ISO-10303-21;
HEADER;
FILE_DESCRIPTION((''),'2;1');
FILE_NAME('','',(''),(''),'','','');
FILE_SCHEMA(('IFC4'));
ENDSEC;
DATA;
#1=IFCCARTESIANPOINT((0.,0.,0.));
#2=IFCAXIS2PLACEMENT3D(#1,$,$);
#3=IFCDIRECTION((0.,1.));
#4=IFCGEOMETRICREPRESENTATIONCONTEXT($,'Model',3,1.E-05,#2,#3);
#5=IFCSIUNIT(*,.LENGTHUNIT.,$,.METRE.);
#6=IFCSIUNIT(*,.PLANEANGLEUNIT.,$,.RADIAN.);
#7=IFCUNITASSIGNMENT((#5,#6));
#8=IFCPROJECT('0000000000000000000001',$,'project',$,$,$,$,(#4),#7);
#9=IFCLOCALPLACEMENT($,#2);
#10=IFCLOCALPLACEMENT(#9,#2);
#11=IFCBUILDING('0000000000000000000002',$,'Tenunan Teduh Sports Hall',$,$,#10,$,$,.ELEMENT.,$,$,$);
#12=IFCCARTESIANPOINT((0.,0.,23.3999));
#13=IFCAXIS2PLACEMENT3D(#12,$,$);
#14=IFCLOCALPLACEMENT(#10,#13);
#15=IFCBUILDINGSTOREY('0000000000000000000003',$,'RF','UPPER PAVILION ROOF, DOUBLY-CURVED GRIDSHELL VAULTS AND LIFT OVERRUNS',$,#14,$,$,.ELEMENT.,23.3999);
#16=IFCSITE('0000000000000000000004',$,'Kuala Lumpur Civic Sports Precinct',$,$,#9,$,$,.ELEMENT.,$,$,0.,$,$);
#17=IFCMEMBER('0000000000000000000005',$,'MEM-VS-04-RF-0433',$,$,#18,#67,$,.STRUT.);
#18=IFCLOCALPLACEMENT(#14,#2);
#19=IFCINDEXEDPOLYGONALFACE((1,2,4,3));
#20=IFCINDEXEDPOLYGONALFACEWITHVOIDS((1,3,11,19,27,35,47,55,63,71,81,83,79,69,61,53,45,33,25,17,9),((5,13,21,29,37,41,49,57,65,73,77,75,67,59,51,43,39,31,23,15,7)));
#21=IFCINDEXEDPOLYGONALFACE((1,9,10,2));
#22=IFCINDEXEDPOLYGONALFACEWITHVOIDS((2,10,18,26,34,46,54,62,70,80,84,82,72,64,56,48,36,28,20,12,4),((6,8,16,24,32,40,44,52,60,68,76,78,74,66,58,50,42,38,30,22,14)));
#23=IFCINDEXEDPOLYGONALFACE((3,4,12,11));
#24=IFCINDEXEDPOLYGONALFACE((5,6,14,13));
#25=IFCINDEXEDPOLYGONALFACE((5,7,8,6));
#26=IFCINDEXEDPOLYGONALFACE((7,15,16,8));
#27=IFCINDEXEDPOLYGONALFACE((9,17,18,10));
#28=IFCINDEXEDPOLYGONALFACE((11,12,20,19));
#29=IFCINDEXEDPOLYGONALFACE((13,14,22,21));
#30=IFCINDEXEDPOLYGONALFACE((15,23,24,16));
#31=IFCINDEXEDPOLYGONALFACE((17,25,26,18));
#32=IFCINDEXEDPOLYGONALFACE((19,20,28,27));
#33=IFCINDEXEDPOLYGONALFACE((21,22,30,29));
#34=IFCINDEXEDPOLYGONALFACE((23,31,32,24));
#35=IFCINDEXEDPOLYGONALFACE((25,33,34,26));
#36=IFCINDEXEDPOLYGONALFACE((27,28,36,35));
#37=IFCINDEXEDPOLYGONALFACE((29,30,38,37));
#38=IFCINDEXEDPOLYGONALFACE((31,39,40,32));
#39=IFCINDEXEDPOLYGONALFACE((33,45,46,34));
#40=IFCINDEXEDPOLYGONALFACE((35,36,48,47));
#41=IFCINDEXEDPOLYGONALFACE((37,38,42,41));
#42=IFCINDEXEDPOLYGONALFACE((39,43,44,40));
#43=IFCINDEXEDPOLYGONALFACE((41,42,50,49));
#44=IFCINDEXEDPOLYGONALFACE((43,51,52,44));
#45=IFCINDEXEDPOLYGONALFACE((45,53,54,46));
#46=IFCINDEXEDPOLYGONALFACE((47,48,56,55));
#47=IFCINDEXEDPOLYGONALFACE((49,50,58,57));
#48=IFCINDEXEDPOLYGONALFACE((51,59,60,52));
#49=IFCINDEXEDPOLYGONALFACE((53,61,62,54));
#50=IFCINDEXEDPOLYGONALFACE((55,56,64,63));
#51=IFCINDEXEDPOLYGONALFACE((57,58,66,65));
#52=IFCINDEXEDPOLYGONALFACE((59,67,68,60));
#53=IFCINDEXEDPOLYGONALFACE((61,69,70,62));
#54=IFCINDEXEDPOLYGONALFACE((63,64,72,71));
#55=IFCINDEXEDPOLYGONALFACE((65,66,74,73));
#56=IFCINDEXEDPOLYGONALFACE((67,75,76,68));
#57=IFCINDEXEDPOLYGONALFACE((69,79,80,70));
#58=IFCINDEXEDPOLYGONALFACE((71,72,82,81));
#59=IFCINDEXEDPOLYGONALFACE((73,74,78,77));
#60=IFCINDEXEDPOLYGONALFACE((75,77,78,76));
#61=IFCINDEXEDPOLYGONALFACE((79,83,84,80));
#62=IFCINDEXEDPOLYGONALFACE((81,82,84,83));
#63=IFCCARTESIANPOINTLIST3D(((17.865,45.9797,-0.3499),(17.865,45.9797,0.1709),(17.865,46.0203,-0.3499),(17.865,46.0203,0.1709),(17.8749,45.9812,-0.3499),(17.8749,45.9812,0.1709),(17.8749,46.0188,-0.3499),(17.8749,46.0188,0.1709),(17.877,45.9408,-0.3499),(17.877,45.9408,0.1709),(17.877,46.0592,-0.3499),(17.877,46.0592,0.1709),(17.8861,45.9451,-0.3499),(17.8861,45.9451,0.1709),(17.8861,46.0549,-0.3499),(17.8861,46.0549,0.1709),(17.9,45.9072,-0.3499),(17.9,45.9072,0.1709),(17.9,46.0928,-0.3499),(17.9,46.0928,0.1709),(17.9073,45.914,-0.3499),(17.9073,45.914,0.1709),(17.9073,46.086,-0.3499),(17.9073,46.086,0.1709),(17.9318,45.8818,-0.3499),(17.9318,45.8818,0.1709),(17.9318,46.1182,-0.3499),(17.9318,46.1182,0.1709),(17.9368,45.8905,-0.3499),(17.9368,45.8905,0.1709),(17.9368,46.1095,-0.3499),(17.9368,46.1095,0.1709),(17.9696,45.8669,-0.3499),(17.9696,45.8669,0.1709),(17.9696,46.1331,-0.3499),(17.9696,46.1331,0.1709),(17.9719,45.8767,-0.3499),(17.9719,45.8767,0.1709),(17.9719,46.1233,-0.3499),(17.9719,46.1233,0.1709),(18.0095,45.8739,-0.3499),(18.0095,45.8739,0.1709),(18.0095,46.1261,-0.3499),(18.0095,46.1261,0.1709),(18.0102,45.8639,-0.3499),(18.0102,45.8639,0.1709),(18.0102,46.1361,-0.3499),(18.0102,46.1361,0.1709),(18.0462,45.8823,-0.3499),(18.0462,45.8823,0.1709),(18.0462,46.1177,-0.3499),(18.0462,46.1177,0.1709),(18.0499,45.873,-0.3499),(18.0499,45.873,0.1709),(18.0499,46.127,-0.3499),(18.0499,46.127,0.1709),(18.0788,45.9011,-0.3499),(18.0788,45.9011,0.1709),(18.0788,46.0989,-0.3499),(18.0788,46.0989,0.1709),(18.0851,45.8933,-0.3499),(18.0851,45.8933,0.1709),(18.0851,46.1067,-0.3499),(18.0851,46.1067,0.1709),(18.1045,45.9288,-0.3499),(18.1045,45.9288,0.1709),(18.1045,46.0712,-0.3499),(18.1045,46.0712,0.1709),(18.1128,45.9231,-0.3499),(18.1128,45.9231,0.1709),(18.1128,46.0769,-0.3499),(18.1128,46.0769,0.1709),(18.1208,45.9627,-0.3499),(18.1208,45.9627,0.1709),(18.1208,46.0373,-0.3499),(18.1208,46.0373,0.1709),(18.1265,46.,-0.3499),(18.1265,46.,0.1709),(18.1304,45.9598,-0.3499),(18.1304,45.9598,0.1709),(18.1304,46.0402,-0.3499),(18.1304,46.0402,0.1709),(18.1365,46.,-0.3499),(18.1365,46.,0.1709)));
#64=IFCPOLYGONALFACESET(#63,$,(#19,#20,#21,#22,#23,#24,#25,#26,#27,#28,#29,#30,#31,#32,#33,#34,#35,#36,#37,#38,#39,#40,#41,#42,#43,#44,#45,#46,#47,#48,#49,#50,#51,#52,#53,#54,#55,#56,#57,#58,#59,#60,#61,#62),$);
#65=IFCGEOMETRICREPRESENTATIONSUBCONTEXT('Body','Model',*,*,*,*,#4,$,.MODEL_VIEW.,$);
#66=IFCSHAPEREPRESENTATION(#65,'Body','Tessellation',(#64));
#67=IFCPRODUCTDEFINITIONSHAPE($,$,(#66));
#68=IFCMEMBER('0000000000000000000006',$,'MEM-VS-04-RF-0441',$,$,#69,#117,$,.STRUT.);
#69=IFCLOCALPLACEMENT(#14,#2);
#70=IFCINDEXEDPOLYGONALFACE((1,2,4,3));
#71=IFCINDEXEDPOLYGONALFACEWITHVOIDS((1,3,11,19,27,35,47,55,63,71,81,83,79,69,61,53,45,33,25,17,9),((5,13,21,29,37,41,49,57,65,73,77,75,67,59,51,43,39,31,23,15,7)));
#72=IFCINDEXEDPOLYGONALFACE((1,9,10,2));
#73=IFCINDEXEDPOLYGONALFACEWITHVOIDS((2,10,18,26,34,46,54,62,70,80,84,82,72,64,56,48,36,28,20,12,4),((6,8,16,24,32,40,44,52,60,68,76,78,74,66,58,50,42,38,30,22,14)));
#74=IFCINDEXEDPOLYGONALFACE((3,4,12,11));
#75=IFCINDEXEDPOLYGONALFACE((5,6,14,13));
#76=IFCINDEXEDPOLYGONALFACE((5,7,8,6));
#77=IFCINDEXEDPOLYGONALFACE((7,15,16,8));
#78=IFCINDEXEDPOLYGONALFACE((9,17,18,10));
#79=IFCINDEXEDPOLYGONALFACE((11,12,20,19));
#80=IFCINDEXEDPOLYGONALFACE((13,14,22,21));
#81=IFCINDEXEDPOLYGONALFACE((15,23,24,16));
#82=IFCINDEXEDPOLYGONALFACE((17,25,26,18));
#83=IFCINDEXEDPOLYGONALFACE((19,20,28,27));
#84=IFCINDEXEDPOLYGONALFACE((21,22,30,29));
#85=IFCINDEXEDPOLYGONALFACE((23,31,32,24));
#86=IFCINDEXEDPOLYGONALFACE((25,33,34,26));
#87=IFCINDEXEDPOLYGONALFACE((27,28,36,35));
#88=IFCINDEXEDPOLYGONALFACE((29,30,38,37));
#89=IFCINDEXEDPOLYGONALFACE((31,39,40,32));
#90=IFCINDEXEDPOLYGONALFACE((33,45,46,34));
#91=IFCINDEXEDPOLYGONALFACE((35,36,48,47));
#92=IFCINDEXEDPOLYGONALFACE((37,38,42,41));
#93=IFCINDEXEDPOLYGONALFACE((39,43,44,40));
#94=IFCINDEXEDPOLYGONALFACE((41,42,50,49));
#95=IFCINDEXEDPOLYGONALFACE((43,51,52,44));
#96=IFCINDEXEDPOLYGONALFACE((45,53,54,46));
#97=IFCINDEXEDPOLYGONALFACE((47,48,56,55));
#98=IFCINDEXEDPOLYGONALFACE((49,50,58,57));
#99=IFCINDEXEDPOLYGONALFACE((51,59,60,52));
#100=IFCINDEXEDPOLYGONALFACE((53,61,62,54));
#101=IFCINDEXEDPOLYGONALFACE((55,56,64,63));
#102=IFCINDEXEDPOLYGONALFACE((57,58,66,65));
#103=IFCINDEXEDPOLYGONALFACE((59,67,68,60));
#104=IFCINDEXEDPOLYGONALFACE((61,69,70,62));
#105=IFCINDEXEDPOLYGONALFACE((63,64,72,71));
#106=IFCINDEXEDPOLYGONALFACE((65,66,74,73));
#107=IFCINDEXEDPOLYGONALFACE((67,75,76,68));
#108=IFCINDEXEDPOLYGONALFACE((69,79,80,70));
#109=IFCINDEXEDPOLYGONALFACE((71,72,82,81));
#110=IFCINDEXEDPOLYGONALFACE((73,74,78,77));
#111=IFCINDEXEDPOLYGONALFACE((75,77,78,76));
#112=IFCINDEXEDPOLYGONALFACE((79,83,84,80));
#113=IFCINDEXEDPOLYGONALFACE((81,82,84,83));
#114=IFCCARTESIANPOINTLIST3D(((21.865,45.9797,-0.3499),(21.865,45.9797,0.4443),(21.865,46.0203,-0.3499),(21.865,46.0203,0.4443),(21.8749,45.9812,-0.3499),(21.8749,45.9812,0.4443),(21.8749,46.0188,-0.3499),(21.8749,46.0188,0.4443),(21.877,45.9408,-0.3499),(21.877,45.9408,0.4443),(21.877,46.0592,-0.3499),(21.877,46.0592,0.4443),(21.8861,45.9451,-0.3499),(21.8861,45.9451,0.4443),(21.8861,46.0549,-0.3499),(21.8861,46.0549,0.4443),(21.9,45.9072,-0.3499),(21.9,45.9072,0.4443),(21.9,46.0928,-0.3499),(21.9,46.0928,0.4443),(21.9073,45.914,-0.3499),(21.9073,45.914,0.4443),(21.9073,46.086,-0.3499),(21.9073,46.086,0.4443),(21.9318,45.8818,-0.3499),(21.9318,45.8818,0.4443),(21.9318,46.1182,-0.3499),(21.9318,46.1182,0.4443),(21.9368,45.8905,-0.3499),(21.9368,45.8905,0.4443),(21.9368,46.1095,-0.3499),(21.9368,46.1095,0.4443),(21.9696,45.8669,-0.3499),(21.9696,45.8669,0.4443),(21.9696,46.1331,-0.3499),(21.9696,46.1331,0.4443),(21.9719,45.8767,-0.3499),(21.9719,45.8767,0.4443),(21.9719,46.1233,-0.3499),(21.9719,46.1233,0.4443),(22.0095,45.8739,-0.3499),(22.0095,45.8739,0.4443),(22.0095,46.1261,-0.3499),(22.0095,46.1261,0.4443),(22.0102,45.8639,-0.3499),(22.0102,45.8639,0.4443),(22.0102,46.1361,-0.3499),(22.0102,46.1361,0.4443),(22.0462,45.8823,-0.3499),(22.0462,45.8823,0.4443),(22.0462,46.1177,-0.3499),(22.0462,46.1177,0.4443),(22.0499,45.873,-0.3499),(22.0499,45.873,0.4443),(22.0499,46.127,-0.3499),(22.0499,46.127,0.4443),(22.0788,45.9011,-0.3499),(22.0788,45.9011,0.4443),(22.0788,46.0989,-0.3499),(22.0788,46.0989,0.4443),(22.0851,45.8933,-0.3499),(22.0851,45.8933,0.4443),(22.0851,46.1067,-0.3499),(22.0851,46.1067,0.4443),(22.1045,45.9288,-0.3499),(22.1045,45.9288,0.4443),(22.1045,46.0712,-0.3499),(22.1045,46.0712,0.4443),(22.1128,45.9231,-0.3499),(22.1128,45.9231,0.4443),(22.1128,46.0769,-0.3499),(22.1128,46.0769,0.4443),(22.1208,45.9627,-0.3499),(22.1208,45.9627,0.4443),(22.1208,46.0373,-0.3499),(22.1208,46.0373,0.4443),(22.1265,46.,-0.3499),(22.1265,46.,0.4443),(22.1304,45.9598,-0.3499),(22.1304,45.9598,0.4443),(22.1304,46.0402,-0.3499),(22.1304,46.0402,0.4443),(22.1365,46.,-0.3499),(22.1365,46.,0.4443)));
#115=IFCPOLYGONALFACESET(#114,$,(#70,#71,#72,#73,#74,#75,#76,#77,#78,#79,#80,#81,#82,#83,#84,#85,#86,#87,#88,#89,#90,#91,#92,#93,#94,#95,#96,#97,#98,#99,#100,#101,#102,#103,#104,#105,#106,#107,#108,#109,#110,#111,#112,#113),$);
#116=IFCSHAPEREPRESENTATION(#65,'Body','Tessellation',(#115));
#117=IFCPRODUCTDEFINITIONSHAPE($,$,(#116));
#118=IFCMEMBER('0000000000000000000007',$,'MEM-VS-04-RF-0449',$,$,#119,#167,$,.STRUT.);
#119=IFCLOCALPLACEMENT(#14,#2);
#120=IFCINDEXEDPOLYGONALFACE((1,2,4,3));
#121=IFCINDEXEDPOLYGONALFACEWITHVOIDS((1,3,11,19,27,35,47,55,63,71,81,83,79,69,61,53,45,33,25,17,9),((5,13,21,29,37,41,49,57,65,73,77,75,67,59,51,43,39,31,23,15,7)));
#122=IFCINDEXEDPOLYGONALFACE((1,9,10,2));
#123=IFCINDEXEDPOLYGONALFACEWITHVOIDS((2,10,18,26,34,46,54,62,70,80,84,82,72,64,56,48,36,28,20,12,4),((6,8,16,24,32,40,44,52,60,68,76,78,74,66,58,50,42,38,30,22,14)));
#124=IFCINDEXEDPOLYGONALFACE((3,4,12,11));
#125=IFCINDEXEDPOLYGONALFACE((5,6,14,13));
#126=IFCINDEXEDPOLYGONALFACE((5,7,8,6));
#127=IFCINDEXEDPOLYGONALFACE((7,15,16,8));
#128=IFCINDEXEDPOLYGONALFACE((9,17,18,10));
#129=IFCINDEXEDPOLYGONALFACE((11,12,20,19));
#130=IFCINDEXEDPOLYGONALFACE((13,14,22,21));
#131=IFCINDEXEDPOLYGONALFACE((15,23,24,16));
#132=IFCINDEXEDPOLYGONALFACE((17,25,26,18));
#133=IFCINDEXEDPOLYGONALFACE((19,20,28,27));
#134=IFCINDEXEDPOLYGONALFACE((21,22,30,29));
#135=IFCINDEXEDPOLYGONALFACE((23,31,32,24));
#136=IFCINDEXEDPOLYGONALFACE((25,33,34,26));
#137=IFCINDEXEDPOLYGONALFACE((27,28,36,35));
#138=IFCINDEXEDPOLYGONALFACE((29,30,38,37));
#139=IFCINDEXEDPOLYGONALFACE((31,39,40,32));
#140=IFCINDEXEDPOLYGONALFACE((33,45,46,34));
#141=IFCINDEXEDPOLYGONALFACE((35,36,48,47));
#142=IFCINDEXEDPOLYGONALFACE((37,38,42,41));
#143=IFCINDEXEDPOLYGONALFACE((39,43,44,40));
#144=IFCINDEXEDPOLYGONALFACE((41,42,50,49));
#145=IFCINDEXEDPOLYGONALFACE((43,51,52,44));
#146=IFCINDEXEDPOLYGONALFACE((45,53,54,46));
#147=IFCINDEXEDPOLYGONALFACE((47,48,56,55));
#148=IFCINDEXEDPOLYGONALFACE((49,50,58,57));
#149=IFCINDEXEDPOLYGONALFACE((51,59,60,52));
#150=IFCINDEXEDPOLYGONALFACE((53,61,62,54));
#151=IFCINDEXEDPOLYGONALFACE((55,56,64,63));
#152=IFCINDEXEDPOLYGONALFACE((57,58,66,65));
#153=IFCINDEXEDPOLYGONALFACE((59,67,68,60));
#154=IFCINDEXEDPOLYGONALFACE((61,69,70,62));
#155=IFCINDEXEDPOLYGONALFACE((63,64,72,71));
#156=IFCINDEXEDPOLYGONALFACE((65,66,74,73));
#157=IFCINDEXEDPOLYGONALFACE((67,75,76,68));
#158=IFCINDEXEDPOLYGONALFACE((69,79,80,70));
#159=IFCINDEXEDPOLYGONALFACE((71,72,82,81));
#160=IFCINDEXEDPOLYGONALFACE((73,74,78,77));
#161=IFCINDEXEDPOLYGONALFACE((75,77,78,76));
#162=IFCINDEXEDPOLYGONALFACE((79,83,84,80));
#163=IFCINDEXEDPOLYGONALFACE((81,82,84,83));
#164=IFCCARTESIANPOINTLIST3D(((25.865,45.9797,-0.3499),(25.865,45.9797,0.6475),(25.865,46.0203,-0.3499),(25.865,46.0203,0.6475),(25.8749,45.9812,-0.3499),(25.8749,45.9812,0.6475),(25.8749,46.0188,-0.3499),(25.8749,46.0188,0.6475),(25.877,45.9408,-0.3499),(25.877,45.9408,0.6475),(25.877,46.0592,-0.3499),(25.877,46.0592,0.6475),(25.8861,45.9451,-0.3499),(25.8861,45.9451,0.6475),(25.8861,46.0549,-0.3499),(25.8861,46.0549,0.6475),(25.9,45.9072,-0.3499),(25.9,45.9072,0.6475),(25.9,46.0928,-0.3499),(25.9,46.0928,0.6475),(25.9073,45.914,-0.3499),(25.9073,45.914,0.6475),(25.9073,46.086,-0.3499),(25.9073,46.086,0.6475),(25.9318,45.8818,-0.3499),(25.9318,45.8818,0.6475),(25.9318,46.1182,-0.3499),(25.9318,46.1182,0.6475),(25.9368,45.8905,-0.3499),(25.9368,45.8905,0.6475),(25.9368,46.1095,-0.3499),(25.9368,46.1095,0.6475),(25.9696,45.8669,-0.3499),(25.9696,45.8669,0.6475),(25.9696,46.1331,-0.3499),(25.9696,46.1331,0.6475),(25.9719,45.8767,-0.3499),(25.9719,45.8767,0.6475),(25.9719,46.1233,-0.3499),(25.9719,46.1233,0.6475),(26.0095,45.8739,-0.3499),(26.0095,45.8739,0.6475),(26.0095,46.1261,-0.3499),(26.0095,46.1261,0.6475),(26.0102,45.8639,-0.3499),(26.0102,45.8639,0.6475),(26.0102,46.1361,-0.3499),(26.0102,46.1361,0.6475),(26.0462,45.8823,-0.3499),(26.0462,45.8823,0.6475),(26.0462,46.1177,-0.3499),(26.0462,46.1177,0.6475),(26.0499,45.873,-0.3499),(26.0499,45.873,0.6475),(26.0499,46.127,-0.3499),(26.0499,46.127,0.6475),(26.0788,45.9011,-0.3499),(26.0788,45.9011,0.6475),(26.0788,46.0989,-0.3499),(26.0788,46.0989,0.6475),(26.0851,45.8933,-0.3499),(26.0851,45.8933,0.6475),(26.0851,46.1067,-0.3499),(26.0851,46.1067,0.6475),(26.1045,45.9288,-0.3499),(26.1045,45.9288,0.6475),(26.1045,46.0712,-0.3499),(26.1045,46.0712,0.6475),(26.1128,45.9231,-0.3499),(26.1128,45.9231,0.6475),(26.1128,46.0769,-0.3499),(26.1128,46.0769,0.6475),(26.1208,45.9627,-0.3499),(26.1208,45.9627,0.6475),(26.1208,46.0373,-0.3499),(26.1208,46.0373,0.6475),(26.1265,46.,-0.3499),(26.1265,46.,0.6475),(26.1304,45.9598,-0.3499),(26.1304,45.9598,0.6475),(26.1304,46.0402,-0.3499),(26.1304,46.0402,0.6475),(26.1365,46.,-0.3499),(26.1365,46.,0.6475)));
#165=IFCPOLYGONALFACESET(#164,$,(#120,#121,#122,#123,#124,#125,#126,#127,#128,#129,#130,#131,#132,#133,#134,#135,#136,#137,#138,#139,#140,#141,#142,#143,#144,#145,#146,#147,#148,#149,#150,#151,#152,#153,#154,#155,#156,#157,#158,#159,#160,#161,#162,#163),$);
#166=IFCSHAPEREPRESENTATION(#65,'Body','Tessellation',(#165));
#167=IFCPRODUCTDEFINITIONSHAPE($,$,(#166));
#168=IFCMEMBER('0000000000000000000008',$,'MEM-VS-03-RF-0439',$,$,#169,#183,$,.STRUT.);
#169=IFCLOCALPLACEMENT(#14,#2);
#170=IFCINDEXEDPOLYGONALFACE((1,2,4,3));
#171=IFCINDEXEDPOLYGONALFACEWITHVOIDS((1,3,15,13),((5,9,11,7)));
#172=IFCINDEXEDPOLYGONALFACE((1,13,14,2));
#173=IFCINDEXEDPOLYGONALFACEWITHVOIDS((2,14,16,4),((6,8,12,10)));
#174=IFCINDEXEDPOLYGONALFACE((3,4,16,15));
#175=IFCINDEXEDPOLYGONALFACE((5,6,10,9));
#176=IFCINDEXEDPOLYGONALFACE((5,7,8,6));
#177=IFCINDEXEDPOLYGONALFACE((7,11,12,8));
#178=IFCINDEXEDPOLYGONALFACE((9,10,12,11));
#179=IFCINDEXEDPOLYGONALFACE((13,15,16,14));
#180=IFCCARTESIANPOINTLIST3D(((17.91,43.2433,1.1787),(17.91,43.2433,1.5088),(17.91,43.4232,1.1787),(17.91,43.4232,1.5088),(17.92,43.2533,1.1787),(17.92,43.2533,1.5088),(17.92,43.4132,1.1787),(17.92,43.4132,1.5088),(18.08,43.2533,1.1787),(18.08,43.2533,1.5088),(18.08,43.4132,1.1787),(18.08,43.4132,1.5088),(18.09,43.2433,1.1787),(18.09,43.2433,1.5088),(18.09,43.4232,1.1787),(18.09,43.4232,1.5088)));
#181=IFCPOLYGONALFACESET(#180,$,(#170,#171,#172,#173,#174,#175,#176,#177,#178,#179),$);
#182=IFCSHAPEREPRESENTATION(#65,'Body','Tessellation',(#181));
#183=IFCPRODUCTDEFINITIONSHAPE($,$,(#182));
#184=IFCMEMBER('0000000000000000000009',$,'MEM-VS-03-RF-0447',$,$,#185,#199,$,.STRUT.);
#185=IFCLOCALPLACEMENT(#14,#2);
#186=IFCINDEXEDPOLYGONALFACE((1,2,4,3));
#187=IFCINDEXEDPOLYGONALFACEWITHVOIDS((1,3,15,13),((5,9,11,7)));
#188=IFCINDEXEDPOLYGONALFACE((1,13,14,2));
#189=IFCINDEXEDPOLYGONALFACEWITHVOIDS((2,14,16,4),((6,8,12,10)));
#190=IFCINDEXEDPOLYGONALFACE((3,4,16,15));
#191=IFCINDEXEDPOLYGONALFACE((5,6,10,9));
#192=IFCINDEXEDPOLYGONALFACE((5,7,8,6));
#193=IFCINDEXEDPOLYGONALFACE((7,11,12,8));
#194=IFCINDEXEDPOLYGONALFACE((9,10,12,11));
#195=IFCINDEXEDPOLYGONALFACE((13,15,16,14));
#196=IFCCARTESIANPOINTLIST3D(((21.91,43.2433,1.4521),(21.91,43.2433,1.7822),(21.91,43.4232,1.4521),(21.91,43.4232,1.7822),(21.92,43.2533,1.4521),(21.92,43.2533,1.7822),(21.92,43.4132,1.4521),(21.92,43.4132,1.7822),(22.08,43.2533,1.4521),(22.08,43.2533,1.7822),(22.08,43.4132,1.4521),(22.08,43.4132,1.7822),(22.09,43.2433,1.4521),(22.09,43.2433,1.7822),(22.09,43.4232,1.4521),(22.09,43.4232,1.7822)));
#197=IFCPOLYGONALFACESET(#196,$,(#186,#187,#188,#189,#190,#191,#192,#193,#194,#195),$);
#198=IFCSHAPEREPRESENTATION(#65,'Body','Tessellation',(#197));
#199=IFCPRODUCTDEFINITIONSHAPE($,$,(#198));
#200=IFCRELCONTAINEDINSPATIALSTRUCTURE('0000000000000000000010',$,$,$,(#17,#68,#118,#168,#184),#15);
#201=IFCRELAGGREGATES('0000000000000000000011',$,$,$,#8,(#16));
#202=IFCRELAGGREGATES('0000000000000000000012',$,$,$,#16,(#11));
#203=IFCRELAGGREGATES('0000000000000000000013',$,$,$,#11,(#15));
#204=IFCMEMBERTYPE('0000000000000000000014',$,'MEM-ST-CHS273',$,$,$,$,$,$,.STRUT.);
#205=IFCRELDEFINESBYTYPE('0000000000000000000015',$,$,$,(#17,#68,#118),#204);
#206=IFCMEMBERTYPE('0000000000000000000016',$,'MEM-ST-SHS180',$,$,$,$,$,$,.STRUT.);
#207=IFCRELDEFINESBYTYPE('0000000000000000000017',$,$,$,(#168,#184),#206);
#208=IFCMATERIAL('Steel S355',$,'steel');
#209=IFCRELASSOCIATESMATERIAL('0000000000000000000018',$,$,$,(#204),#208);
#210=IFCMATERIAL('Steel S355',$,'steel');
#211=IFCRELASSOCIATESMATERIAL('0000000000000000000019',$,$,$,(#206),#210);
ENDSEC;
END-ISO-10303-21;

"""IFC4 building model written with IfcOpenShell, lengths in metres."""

from ifc_helpers import new_model, si_unit, direction, frame, origin, origin_2d, place, context, subcontext, project, spatial, hollow_rectangle, hollow_circle, extrude, material, material_profile, profile_set, type_object, element, save


model = new_model("IFC4")

# Units and contexts
model_context = context("Model", 3, precision=1e-05, world=origin(), true_north=direction((0.0, 1.0)))
body_context = subcontext(model_context, "Body", "Model", "MODEL_VIEW")
ifc_project = project(units=[si_unit("LENGTHUNIT", "METRE"), si_unit("PLANEANGLEUNIT", "RADIAN")], contexts=[model_context])

# Site, building, storey
site_placement = place(None, origin())
site = spatial("IfcSite", under=ifc_project, at=site_placement, Name="Kuala Lumpur Civic Sports Precinct", CompositionType="ELEMENT", RefElevation=0.0)
building_placement = place(site_placement, origin())
building = spatial("IfcBuilding", under=site, at=building_placement, Name="Tenunan Teduh Sports Hall", CompositionType="ELEMENT")
storey_placement = place(building_placement, frame((0.0, 0.0, 23.3999)))
storey = spatial("IfcBuildingStorey", under=building, at=storey_placement, Name="RF", Description="UPPER PAVILION ROOF, DOUBLY-CURVED GRIDSHELL VAULTS AND LIFT OVERRUNS", CompositionType="ELEMENT", Elevation=23.3999)

# Members
ifc_material_1 = material(Name="Steel S355", Category="steel")
ifc_material_profile_1 = material_profile(ifc_material_1, hollow_circle(Radius=0.1365, WallThickness=0.01, at=origin_2d()), Name="CHS 273.0x10.0")
ifc_profile_set_1 = profile_set([ifc_material_profile_1], Name="Steel S355")
member_type_1 = type_object("IfcMemberType", Name="MEM-ST-CHS273", PredefinedType="STRUT", material=ifc_profile_set_1)
member_1_placement = place(storey_placement, frame((18.0, 46.0, -0.3499), z_axis=(0.0, 0.0, 1.0), x_axis=(1.0, 0.0, 0.0)))
element("IfcMember", 1, at=member_1_placement, inside=storey, type_object=member_type_1, Name="MEM-VS-04-RF-0433", PredefinedType="STRUT", context=body_context, shape_type="SweptSolid", body=[
    extrude(hollow_circle(Radius=0.1365, WallThickness=0.01, at=origin_2d()), origin(), (0.0, 0.0, 1.0), 0.5208),
])
member_2_placement = place(storey_placement, frame((22.0, 46.0, -0.3499), z_axis=(0.0, 0.0, 1.0), x_axis=(1.0, 0.0, 0.0)))
element("IfcMember", 2, at=member_2_placement, inside=storey, type_object=member_type_1, Name="MEM-VS-04-RF-0441", PredefinedType="STRUT", context=body_context, shape_type="SweptSolid", body=[
    extrude(hollow_circle(Radius=0.1365, WallThickness=0.01, at=origin_2d()), origin(), (0.0, 0.0, 1.0), 0.7942),
])
member_3_placement = place(storey_placement, frame((26.0, 46.0, -0.3499), z_axis=(0.0, 0.0, 1.0), x_axis=(1.0, 0.0, 0.0)))
element("IfcMember", 3, at=member_3_placement, inside=storey, type_object=member_type_1, Name="MEM-VS-04-RF-0449", PredefinedType="STRUT", context=body_context, shape_type="SweptSolid", body=[
    extrude(hollow_circle(Radius=0.1365, WallThickness=0.01, at=origin_2d()), origin(), (0.0, 0.0, 1.0), 0.9973),
])
ifc_material_2 = material(Name="Steel S355", Category="steel")
ifc_material_profile_2 = material_profile(ifc_material_2, hollow_rectangle(XDim=0.1799, YDim=0.1799, WallThickness=0.01, at=origin_2d()), Name="SHS 180x180x10.0")
ifc_profile_set_2 = profile_set([ifc_material_profile_2], Name="Steel S355")
member_type_2 = type_object("IfcMemberType", Name="MEM-ST-SHS180", PredefinedType="STRUT", material=ifc_profile_set_2)
for number, where, z_axis, x_axis, name in (
    (4, (18.0, 43.3333, 1.1787), (0.0, 0.0, 1.0), (1.0, 0.0, 0.0), "MEM-VS-03-RF-0439"),
    (5, (22.0, 43.3333, 1.4521), (0.0, 0.0, 1.0), (1.0, 0.0, 0.0), "MEM-VS-03-RF-0447"),
):
    element("IfcMember", number, at=place(storey_placement, frame(where, z_axis=z_axis, x_axis=x_axis)), inside=storey, type_object=member_type_2, Name=name, PredefinedType="STRUT", context=body_context, shape_type="SweptSolid", body=[
        extrude(hollow_rectangle(XDim=0.1799, YDim=0.1799, WallThickness=0.01, at=origin_2d()), origin(), (0.0, 0.0, 1.0), 0.3301),
    ])

save(model, "model.ifc")
